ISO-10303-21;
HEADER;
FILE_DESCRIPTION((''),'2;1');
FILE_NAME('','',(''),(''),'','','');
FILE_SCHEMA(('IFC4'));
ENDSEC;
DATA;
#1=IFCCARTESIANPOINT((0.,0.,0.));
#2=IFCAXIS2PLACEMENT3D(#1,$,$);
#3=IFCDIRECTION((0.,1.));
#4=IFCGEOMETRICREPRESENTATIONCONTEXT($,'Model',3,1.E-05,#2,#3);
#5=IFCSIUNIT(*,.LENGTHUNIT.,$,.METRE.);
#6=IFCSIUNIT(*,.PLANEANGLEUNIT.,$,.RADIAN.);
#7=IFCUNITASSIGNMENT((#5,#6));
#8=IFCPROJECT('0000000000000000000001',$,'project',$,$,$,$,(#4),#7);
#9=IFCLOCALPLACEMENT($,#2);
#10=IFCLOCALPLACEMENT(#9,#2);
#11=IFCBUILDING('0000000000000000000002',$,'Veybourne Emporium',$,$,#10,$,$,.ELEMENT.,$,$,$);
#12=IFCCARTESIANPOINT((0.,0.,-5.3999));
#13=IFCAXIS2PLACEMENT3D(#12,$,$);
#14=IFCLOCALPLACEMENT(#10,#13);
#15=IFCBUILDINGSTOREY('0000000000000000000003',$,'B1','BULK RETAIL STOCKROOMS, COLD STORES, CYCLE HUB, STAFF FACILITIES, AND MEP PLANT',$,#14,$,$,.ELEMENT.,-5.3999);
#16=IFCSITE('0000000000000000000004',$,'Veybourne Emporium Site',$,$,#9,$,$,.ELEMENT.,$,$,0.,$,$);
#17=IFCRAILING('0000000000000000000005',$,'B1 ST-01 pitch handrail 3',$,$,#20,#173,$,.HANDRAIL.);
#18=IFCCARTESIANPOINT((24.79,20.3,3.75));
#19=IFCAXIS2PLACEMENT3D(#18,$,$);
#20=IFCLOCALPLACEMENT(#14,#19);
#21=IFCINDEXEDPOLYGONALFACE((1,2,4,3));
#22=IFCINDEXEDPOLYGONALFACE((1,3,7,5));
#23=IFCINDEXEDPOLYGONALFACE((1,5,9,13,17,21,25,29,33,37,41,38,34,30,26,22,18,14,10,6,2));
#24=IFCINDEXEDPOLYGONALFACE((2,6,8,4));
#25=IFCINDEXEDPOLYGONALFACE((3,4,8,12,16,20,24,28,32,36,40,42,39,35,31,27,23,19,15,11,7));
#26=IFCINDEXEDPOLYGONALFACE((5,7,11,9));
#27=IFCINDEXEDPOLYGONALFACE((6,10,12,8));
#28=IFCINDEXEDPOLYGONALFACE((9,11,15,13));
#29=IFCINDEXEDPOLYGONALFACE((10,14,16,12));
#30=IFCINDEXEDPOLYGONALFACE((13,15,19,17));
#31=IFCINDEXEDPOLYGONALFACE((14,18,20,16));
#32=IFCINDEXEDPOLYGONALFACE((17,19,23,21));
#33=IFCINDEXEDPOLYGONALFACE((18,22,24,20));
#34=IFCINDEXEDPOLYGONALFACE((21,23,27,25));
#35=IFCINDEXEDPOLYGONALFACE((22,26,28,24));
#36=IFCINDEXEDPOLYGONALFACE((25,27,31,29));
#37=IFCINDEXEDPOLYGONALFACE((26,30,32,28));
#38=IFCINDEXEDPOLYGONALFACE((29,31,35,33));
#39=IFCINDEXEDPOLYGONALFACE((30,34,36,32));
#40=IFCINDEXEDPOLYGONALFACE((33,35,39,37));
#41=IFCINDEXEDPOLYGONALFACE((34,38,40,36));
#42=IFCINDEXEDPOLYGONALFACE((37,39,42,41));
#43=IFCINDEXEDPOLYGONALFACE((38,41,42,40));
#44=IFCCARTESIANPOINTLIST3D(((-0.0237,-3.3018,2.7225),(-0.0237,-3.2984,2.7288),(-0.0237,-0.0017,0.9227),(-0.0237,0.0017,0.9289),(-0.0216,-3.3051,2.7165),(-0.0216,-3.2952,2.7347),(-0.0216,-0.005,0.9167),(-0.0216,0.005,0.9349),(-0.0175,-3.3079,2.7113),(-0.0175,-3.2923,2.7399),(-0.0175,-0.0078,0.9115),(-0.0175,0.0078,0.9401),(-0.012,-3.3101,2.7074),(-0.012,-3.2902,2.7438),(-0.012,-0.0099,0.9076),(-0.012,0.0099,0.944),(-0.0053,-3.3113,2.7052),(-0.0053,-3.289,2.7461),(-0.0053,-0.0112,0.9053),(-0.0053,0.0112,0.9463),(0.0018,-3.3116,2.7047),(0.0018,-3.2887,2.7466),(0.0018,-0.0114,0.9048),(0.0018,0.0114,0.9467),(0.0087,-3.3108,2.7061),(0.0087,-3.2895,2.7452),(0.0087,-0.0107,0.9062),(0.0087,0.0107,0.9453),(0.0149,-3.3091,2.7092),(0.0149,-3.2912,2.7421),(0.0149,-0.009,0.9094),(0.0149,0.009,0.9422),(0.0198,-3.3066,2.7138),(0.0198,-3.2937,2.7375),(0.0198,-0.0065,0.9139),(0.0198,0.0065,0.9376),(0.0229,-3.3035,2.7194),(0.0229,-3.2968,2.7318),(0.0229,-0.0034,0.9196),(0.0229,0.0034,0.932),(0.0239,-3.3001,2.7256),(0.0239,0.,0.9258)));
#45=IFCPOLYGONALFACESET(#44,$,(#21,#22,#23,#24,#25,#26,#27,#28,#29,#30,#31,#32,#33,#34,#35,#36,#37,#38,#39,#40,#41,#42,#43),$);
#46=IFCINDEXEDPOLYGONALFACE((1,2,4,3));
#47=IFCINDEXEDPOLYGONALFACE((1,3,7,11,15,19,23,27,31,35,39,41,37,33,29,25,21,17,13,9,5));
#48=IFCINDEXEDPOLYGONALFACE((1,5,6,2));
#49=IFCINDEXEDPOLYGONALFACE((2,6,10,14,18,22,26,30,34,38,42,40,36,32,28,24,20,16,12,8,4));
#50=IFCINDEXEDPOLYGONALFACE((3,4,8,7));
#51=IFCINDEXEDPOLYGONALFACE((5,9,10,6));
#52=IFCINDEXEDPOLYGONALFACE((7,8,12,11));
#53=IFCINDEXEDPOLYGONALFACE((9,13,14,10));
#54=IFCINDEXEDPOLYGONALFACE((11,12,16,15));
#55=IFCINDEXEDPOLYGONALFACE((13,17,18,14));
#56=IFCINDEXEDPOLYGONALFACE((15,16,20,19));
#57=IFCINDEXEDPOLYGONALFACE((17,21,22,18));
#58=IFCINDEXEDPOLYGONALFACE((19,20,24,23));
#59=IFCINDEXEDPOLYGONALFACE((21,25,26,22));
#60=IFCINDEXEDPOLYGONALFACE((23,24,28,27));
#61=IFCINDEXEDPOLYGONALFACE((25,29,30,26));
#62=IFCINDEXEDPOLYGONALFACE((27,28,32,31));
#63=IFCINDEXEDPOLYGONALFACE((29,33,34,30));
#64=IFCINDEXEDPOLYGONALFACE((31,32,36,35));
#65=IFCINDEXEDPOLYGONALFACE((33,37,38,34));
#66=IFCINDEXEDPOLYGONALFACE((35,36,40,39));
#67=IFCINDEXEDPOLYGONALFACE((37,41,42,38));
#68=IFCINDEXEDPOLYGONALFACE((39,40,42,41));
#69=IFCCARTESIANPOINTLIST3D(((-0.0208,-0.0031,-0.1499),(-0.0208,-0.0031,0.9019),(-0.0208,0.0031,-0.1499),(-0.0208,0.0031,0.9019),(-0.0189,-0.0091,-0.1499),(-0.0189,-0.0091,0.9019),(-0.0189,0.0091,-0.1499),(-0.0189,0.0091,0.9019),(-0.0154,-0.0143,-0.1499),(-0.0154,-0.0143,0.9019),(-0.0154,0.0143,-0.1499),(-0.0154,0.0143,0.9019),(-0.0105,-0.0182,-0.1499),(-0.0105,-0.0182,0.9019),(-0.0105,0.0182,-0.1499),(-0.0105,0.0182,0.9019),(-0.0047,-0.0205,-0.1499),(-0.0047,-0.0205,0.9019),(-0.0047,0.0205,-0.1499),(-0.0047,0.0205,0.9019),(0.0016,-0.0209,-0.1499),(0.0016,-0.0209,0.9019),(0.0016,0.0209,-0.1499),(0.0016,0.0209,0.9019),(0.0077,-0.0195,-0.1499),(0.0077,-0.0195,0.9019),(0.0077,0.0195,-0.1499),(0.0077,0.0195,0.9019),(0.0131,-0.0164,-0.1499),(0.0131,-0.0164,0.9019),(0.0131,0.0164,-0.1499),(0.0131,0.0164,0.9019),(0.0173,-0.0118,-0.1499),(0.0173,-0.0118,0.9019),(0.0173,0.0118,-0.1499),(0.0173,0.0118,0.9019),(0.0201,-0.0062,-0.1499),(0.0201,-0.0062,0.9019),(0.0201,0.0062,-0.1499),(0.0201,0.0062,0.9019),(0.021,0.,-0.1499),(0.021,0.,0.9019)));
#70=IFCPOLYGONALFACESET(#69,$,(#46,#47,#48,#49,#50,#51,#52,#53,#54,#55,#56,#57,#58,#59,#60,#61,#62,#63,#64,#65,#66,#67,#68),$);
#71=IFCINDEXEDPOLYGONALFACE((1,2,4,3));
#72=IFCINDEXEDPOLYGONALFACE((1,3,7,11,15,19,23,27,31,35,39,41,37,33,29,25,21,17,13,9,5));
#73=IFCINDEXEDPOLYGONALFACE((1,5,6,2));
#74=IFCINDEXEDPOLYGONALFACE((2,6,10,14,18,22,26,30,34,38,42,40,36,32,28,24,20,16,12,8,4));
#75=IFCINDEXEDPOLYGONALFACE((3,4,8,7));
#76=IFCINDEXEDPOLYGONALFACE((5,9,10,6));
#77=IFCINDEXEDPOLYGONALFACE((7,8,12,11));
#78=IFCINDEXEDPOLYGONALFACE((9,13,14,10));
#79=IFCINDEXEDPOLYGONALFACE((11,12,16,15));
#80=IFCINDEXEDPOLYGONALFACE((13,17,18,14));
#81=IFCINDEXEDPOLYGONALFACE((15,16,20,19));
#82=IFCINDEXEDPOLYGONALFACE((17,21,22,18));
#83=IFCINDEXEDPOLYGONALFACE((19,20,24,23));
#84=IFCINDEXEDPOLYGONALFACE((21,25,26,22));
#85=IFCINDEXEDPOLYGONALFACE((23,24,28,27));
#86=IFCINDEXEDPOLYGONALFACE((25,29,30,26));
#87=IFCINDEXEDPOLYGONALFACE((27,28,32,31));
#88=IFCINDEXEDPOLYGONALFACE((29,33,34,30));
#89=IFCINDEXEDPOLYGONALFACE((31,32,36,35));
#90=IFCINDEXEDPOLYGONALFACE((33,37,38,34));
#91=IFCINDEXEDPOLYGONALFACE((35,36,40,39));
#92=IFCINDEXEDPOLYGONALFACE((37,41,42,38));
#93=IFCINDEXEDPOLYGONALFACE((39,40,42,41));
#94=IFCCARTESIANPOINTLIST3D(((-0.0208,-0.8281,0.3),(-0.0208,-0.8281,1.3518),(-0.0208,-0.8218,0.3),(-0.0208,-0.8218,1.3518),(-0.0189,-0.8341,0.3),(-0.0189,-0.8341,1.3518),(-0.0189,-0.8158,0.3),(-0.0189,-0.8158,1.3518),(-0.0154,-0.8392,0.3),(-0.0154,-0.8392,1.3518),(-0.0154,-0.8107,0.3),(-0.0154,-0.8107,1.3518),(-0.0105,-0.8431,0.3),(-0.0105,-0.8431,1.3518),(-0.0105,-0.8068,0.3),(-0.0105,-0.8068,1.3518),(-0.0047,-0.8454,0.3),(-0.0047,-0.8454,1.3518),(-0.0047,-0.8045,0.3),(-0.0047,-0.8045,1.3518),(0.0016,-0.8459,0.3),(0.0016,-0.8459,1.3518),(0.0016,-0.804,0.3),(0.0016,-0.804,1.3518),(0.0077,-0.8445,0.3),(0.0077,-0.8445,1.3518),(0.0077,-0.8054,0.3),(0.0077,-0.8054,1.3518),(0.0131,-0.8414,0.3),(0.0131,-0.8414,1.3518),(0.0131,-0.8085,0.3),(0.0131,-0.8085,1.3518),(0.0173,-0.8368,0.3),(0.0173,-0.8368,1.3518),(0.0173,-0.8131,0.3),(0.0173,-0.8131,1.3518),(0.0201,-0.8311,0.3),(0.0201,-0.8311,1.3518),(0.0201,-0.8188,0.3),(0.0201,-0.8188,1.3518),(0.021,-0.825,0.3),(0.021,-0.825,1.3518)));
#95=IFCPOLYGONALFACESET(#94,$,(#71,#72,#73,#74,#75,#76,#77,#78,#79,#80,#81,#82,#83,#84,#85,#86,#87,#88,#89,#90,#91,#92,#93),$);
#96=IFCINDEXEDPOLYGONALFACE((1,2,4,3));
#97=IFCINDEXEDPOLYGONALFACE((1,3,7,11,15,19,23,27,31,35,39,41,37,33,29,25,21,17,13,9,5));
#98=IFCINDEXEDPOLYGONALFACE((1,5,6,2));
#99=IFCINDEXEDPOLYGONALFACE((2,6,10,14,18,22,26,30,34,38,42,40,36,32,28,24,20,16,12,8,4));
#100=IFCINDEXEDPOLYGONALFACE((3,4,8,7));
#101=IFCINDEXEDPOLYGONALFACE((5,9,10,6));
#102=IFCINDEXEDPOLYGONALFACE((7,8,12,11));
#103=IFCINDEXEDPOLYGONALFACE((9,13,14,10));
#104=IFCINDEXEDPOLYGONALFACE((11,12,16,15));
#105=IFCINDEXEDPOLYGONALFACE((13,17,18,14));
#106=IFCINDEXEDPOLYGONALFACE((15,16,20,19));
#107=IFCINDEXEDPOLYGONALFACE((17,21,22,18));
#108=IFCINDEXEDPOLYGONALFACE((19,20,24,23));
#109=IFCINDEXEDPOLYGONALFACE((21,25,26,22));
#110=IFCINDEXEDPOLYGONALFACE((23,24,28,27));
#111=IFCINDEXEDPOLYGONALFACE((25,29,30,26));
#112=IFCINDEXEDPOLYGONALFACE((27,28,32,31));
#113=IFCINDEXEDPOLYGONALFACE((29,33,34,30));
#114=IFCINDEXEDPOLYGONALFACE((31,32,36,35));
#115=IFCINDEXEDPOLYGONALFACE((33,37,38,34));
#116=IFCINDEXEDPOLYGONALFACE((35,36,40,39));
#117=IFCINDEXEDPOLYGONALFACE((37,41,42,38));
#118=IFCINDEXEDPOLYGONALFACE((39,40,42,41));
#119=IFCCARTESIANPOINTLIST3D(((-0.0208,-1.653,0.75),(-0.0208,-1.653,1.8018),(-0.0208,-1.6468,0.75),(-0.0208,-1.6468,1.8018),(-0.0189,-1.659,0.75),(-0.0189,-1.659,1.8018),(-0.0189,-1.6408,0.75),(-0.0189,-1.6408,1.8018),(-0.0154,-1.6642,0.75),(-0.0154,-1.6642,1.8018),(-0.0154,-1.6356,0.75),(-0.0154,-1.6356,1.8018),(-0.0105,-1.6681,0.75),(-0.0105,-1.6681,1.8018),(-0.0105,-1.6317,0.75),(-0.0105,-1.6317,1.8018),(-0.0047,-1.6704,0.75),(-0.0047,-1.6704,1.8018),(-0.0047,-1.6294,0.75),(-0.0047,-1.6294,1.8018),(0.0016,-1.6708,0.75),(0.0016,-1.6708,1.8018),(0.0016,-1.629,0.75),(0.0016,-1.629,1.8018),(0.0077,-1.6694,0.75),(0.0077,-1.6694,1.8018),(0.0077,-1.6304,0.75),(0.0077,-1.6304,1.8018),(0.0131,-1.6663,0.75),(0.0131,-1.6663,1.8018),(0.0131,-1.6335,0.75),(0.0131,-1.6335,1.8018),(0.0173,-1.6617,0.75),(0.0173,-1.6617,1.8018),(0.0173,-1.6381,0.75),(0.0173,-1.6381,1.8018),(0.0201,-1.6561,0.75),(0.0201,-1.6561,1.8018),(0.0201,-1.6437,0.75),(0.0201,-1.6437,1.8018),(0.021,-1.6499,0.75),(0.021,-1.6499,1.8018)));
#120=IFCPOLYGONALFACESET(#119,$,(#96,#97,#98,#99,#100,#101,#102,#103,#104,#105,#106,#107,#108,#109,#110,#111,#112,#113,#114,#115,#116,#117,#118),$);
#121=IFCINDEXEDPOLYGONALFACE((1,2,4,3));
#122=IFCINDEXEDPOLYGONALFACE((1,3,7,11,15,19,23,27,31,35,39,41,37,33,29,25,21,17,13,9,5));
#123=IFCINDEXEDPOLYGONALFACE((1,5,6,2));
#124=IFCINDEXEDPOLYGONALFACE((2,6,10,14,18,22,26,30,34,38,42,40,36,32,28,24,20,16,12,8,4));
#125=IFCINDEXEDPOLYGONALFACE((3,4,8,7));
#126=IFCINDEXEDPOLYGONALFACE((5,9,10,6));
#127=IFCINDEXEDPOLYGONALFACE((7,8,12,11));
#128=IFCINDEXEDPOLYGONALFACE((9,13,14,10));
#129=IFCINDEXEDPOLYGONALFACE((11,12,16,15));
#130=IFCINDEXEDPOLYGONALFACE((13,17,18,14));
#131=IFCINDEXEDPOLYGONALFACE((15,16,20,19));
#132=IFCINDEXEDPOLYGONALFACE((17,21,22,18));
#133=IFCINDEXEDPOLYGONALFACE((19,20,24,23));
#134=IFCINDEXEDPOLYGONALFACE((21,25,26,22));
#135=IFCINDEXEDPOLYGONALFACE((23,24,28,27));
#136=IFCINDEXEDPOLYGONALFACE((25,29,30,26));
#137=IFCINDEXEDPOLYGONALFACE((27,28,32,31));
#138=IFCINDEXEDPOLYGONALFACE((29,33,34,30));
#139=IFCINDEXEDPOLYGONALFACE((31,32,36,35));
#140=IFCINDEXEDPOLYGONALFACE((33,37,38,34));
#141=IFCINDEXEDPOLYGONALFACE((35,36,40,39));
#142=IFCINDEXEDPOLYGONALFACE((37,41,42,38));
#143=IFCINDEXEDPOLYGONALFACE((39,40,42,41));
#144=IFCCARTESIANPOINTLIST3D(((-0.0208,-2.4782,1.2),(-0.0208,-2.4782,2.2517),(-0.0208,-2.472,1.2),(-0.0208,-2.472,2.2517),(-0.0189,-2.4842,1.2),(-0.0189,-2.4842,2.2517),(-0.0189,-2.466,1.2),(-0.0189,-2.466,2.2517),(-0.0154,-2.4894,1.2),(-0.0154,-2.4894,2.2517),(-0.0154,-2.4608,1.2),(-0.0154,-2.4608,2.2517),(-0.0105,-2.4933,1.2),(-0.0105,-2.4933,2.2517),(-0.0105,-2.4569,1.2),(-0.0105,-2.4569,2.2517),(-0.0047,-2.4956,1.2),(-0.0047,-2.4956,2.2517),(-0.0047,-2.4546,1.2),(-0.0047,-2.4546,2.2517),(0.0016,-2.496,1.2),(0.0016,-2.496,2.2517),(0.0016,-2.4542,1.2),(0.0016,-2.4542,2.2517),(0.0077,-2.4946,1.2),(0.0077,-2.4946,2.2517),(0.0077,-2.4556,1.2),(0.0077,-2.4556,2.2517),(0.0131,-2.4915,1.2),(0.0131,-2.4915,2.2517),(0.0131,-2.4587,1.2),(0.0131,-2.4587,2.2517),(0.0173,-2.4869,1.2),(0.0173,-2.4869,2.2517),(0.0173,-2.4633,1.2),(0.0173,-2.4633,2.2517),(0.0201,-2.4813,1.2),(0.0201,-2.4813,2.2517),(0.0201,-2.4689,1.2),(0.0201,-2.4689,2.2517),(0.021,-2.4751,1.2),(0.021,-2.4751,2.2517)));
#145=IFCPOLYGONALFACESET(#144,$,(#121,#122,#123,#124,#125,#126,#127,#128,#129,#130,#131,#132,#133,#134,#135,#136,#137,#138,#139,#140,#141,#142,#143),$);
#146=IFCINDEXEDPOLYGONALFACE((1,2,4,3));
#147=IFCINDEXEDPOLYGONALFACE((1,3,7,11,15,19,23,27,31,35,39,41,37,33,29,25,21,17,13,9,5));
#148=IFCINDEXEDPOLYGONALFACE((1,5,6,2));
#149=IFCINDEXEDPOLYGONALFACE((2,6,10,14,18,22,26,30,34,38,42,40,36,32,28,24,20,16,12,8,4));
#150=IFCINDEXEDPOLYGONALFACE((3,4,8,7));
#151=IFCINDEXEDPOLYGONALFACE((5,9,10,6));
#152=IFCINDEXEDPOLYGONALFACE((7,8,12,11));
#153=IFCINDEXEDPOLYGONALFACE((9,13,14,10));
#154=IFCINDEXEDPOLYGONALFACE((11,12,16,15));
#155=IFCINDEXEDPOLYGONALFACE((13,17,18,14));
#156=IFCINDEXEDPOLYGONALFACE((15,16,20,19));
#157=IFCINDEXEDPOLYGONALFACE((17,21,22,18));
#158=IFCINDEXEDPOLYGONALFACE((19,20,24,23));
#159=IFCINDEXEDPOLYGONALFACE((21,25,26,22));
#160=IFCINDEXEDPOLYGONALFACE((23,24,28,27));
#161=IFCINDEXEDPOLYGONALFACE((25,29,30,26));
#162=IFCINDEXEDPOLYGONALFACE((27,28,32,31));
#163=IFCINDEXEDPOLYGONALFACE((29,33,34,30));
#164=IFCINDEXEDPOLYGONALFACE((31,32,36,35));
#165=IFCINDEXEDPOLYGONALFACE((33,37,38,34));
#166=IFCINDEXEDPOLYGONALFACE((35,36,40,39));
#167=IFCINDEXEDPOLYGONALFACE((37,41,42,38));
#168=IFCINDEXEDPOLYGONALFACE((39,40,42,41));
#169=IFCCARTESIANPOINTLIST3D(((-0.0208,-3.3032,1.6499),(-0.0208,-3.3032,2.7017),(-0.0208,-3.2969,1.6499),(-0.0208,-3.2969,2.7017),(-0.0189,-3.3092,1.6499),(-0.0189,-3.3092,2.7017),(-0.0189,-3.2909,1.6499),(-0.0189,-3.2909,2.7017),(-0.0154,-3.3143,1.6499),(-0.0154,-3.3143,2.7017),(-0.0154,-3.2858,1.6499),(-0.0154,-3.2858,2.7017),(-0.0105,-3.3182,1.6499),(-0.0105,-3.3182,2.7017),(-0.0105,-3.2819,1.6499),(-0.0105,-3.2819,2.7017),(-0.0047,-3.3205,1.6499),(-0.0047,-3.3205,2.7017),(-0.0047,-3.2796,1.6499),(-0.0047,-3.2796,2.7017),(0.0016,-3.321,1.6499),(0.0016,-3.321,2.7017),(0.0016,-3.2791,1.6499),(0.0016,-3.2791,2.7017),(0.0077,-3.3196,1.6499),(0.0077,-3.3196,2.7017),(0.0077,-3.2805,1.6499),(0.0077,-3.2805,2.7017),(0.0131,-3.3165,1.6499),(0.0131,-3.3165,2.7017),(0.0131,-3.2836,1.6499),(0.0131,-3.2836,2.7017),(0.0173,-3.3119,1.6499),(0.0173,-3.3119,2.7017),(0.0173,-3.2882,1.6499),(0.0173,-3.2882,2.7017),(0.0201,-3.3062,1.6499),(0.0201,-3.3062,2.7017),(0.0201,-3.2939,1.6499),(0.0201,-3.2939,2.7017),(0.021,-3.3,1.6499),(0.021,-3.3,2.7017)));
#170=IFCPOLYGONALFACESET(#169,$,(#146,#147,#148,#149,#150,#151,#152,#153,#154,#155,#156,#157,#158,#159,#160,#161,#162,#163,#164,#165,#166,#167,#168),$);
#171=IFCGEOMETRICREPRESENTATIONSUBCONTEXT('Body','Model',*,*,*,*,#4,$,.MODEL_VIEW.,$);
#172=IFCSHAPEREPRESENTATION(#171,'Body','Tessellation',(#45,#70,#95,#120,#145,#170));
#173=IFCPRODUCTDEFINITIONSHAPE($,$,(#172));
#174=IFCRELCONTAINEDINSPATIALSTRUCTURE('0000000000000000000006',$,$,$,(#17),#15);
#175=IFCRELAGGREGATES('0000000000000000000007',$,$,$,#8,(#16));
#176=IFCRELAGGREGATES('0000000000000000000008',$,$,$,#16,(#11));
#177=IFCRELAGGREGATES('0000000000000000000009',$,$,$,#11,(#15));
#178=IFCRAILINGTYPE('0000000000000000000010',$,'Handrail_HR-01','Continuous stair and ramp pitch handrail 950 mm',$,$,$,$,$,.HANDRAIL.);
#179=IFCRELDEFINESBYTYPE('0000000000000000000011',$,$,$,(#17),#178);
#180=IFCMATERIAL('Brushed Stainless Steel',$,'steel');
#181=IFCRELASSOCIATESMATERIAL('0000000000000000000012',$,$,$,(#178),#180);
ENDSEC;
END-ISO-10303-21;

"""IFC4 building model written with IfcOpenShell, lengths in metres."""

from ifc_helpers import new_model, si_unit, direction, frame, origin, origin_2d, place, context, subcontext, project, spatial, circle, extrude, material, type_object, element, save


model = new_model("IFC4")

# Units and contexts
model_context = context("Model", 3, precision=1e-05, world=origin(), true_north=direction((0.0, 1.0)))
body_context = subcontext(model_context, "Body", "Model", "MODEL_VIEW")
ifc_project = project(units=[si_unit("LENGTHUNIT", "METRE"), si_unit("PLANEANGLEUNIT", "RADIAN")], contexts=[model_context])

# Site, building, storey
site_placement = place(None, origin())
site = spatial("IfcSite", under=ifc_project, at=site_placement, Name="Veybourne Emporium Site", CompositionType="ELEMENT", RefElevation=0.0)
building_placement = place(site_placement, origin())
building = spatial("IfcBuilding", under=site, at=building_placement, Name="Veybourne Emporium", CompositionType="ELEMENT")
storey_placement = place(building_placement, frame((0.0, 0.0, -5.3999)))
storey = spatial("IfcBuildingStorey", under=building, at=storey_placement, Name="B1", Description="BULK RETAIL STOCKROOMS, COLD STORES, CYCLE HUB, STAFF FACILITIES, AND MEP PLANT", CompositionType="ELEMENT", Elevation=-5.3999)

# Railing
ifc_material_1 = material(Name="Brushed Stainless Steel", Category="steel")
railing_type = type_object("IfcRailingType", Name="Handrail_HR-01", Description="Continuous stair and ramp pitch handrail 950 mm", PredefinedType="HANDRAIL", material=ifc_material_1)
railing_placement = place(storey_placement, frame((24.79, 20.3, 3.75)))
element("IfcRailing", 1, at=railing_placement, inside=storey, type_object=railing_type, Name="B1 ST-01 pitch handrail 3", PredefinedType="HANDRAIL", context=body_context, shape_type="SweptSolid", body=[
    extrude(circle(Radius=0.0239, at=origin_2d()), frame((0.0, 0.0, 0.9258), z_axis=(0.0, -0.87792, 0.478807), x_axis=(1.0, 0.0, 0.0)), (0.0, 0.0, 1.0), 3.759),
    extrude(circle(Radius=0.021, at=origin_2d()), frame((0.0, 0.0, -0.1499)), (0.0, 0.0, 1.0), 1.0518),
    extrude(circle(Radius=0.021, at=origin_2d()), frame((0.0, -0.825, 0.3)), (0.0, 0.0, 1.0), 1.0518),
    extrude(circle(Radius=0.021, at=origin_2d()), frame((0.0, -1.6499, 0.75)), (0.0, 0.0, 1.0), 1.0518),
    extrude(circle(Radius=0.021, at=origin_2d()), frame((0.0, -2.4751, 1.2)), (0.0, 0.0, 1.0), 1.0518),
    extrude(circle(Radius=0.021, at=origin_2d()), frame((0.0, -3.3, 1.6499)), (0.0, 0.0, 1.0), 1.0518),
])

save(model, "model.ifc")
